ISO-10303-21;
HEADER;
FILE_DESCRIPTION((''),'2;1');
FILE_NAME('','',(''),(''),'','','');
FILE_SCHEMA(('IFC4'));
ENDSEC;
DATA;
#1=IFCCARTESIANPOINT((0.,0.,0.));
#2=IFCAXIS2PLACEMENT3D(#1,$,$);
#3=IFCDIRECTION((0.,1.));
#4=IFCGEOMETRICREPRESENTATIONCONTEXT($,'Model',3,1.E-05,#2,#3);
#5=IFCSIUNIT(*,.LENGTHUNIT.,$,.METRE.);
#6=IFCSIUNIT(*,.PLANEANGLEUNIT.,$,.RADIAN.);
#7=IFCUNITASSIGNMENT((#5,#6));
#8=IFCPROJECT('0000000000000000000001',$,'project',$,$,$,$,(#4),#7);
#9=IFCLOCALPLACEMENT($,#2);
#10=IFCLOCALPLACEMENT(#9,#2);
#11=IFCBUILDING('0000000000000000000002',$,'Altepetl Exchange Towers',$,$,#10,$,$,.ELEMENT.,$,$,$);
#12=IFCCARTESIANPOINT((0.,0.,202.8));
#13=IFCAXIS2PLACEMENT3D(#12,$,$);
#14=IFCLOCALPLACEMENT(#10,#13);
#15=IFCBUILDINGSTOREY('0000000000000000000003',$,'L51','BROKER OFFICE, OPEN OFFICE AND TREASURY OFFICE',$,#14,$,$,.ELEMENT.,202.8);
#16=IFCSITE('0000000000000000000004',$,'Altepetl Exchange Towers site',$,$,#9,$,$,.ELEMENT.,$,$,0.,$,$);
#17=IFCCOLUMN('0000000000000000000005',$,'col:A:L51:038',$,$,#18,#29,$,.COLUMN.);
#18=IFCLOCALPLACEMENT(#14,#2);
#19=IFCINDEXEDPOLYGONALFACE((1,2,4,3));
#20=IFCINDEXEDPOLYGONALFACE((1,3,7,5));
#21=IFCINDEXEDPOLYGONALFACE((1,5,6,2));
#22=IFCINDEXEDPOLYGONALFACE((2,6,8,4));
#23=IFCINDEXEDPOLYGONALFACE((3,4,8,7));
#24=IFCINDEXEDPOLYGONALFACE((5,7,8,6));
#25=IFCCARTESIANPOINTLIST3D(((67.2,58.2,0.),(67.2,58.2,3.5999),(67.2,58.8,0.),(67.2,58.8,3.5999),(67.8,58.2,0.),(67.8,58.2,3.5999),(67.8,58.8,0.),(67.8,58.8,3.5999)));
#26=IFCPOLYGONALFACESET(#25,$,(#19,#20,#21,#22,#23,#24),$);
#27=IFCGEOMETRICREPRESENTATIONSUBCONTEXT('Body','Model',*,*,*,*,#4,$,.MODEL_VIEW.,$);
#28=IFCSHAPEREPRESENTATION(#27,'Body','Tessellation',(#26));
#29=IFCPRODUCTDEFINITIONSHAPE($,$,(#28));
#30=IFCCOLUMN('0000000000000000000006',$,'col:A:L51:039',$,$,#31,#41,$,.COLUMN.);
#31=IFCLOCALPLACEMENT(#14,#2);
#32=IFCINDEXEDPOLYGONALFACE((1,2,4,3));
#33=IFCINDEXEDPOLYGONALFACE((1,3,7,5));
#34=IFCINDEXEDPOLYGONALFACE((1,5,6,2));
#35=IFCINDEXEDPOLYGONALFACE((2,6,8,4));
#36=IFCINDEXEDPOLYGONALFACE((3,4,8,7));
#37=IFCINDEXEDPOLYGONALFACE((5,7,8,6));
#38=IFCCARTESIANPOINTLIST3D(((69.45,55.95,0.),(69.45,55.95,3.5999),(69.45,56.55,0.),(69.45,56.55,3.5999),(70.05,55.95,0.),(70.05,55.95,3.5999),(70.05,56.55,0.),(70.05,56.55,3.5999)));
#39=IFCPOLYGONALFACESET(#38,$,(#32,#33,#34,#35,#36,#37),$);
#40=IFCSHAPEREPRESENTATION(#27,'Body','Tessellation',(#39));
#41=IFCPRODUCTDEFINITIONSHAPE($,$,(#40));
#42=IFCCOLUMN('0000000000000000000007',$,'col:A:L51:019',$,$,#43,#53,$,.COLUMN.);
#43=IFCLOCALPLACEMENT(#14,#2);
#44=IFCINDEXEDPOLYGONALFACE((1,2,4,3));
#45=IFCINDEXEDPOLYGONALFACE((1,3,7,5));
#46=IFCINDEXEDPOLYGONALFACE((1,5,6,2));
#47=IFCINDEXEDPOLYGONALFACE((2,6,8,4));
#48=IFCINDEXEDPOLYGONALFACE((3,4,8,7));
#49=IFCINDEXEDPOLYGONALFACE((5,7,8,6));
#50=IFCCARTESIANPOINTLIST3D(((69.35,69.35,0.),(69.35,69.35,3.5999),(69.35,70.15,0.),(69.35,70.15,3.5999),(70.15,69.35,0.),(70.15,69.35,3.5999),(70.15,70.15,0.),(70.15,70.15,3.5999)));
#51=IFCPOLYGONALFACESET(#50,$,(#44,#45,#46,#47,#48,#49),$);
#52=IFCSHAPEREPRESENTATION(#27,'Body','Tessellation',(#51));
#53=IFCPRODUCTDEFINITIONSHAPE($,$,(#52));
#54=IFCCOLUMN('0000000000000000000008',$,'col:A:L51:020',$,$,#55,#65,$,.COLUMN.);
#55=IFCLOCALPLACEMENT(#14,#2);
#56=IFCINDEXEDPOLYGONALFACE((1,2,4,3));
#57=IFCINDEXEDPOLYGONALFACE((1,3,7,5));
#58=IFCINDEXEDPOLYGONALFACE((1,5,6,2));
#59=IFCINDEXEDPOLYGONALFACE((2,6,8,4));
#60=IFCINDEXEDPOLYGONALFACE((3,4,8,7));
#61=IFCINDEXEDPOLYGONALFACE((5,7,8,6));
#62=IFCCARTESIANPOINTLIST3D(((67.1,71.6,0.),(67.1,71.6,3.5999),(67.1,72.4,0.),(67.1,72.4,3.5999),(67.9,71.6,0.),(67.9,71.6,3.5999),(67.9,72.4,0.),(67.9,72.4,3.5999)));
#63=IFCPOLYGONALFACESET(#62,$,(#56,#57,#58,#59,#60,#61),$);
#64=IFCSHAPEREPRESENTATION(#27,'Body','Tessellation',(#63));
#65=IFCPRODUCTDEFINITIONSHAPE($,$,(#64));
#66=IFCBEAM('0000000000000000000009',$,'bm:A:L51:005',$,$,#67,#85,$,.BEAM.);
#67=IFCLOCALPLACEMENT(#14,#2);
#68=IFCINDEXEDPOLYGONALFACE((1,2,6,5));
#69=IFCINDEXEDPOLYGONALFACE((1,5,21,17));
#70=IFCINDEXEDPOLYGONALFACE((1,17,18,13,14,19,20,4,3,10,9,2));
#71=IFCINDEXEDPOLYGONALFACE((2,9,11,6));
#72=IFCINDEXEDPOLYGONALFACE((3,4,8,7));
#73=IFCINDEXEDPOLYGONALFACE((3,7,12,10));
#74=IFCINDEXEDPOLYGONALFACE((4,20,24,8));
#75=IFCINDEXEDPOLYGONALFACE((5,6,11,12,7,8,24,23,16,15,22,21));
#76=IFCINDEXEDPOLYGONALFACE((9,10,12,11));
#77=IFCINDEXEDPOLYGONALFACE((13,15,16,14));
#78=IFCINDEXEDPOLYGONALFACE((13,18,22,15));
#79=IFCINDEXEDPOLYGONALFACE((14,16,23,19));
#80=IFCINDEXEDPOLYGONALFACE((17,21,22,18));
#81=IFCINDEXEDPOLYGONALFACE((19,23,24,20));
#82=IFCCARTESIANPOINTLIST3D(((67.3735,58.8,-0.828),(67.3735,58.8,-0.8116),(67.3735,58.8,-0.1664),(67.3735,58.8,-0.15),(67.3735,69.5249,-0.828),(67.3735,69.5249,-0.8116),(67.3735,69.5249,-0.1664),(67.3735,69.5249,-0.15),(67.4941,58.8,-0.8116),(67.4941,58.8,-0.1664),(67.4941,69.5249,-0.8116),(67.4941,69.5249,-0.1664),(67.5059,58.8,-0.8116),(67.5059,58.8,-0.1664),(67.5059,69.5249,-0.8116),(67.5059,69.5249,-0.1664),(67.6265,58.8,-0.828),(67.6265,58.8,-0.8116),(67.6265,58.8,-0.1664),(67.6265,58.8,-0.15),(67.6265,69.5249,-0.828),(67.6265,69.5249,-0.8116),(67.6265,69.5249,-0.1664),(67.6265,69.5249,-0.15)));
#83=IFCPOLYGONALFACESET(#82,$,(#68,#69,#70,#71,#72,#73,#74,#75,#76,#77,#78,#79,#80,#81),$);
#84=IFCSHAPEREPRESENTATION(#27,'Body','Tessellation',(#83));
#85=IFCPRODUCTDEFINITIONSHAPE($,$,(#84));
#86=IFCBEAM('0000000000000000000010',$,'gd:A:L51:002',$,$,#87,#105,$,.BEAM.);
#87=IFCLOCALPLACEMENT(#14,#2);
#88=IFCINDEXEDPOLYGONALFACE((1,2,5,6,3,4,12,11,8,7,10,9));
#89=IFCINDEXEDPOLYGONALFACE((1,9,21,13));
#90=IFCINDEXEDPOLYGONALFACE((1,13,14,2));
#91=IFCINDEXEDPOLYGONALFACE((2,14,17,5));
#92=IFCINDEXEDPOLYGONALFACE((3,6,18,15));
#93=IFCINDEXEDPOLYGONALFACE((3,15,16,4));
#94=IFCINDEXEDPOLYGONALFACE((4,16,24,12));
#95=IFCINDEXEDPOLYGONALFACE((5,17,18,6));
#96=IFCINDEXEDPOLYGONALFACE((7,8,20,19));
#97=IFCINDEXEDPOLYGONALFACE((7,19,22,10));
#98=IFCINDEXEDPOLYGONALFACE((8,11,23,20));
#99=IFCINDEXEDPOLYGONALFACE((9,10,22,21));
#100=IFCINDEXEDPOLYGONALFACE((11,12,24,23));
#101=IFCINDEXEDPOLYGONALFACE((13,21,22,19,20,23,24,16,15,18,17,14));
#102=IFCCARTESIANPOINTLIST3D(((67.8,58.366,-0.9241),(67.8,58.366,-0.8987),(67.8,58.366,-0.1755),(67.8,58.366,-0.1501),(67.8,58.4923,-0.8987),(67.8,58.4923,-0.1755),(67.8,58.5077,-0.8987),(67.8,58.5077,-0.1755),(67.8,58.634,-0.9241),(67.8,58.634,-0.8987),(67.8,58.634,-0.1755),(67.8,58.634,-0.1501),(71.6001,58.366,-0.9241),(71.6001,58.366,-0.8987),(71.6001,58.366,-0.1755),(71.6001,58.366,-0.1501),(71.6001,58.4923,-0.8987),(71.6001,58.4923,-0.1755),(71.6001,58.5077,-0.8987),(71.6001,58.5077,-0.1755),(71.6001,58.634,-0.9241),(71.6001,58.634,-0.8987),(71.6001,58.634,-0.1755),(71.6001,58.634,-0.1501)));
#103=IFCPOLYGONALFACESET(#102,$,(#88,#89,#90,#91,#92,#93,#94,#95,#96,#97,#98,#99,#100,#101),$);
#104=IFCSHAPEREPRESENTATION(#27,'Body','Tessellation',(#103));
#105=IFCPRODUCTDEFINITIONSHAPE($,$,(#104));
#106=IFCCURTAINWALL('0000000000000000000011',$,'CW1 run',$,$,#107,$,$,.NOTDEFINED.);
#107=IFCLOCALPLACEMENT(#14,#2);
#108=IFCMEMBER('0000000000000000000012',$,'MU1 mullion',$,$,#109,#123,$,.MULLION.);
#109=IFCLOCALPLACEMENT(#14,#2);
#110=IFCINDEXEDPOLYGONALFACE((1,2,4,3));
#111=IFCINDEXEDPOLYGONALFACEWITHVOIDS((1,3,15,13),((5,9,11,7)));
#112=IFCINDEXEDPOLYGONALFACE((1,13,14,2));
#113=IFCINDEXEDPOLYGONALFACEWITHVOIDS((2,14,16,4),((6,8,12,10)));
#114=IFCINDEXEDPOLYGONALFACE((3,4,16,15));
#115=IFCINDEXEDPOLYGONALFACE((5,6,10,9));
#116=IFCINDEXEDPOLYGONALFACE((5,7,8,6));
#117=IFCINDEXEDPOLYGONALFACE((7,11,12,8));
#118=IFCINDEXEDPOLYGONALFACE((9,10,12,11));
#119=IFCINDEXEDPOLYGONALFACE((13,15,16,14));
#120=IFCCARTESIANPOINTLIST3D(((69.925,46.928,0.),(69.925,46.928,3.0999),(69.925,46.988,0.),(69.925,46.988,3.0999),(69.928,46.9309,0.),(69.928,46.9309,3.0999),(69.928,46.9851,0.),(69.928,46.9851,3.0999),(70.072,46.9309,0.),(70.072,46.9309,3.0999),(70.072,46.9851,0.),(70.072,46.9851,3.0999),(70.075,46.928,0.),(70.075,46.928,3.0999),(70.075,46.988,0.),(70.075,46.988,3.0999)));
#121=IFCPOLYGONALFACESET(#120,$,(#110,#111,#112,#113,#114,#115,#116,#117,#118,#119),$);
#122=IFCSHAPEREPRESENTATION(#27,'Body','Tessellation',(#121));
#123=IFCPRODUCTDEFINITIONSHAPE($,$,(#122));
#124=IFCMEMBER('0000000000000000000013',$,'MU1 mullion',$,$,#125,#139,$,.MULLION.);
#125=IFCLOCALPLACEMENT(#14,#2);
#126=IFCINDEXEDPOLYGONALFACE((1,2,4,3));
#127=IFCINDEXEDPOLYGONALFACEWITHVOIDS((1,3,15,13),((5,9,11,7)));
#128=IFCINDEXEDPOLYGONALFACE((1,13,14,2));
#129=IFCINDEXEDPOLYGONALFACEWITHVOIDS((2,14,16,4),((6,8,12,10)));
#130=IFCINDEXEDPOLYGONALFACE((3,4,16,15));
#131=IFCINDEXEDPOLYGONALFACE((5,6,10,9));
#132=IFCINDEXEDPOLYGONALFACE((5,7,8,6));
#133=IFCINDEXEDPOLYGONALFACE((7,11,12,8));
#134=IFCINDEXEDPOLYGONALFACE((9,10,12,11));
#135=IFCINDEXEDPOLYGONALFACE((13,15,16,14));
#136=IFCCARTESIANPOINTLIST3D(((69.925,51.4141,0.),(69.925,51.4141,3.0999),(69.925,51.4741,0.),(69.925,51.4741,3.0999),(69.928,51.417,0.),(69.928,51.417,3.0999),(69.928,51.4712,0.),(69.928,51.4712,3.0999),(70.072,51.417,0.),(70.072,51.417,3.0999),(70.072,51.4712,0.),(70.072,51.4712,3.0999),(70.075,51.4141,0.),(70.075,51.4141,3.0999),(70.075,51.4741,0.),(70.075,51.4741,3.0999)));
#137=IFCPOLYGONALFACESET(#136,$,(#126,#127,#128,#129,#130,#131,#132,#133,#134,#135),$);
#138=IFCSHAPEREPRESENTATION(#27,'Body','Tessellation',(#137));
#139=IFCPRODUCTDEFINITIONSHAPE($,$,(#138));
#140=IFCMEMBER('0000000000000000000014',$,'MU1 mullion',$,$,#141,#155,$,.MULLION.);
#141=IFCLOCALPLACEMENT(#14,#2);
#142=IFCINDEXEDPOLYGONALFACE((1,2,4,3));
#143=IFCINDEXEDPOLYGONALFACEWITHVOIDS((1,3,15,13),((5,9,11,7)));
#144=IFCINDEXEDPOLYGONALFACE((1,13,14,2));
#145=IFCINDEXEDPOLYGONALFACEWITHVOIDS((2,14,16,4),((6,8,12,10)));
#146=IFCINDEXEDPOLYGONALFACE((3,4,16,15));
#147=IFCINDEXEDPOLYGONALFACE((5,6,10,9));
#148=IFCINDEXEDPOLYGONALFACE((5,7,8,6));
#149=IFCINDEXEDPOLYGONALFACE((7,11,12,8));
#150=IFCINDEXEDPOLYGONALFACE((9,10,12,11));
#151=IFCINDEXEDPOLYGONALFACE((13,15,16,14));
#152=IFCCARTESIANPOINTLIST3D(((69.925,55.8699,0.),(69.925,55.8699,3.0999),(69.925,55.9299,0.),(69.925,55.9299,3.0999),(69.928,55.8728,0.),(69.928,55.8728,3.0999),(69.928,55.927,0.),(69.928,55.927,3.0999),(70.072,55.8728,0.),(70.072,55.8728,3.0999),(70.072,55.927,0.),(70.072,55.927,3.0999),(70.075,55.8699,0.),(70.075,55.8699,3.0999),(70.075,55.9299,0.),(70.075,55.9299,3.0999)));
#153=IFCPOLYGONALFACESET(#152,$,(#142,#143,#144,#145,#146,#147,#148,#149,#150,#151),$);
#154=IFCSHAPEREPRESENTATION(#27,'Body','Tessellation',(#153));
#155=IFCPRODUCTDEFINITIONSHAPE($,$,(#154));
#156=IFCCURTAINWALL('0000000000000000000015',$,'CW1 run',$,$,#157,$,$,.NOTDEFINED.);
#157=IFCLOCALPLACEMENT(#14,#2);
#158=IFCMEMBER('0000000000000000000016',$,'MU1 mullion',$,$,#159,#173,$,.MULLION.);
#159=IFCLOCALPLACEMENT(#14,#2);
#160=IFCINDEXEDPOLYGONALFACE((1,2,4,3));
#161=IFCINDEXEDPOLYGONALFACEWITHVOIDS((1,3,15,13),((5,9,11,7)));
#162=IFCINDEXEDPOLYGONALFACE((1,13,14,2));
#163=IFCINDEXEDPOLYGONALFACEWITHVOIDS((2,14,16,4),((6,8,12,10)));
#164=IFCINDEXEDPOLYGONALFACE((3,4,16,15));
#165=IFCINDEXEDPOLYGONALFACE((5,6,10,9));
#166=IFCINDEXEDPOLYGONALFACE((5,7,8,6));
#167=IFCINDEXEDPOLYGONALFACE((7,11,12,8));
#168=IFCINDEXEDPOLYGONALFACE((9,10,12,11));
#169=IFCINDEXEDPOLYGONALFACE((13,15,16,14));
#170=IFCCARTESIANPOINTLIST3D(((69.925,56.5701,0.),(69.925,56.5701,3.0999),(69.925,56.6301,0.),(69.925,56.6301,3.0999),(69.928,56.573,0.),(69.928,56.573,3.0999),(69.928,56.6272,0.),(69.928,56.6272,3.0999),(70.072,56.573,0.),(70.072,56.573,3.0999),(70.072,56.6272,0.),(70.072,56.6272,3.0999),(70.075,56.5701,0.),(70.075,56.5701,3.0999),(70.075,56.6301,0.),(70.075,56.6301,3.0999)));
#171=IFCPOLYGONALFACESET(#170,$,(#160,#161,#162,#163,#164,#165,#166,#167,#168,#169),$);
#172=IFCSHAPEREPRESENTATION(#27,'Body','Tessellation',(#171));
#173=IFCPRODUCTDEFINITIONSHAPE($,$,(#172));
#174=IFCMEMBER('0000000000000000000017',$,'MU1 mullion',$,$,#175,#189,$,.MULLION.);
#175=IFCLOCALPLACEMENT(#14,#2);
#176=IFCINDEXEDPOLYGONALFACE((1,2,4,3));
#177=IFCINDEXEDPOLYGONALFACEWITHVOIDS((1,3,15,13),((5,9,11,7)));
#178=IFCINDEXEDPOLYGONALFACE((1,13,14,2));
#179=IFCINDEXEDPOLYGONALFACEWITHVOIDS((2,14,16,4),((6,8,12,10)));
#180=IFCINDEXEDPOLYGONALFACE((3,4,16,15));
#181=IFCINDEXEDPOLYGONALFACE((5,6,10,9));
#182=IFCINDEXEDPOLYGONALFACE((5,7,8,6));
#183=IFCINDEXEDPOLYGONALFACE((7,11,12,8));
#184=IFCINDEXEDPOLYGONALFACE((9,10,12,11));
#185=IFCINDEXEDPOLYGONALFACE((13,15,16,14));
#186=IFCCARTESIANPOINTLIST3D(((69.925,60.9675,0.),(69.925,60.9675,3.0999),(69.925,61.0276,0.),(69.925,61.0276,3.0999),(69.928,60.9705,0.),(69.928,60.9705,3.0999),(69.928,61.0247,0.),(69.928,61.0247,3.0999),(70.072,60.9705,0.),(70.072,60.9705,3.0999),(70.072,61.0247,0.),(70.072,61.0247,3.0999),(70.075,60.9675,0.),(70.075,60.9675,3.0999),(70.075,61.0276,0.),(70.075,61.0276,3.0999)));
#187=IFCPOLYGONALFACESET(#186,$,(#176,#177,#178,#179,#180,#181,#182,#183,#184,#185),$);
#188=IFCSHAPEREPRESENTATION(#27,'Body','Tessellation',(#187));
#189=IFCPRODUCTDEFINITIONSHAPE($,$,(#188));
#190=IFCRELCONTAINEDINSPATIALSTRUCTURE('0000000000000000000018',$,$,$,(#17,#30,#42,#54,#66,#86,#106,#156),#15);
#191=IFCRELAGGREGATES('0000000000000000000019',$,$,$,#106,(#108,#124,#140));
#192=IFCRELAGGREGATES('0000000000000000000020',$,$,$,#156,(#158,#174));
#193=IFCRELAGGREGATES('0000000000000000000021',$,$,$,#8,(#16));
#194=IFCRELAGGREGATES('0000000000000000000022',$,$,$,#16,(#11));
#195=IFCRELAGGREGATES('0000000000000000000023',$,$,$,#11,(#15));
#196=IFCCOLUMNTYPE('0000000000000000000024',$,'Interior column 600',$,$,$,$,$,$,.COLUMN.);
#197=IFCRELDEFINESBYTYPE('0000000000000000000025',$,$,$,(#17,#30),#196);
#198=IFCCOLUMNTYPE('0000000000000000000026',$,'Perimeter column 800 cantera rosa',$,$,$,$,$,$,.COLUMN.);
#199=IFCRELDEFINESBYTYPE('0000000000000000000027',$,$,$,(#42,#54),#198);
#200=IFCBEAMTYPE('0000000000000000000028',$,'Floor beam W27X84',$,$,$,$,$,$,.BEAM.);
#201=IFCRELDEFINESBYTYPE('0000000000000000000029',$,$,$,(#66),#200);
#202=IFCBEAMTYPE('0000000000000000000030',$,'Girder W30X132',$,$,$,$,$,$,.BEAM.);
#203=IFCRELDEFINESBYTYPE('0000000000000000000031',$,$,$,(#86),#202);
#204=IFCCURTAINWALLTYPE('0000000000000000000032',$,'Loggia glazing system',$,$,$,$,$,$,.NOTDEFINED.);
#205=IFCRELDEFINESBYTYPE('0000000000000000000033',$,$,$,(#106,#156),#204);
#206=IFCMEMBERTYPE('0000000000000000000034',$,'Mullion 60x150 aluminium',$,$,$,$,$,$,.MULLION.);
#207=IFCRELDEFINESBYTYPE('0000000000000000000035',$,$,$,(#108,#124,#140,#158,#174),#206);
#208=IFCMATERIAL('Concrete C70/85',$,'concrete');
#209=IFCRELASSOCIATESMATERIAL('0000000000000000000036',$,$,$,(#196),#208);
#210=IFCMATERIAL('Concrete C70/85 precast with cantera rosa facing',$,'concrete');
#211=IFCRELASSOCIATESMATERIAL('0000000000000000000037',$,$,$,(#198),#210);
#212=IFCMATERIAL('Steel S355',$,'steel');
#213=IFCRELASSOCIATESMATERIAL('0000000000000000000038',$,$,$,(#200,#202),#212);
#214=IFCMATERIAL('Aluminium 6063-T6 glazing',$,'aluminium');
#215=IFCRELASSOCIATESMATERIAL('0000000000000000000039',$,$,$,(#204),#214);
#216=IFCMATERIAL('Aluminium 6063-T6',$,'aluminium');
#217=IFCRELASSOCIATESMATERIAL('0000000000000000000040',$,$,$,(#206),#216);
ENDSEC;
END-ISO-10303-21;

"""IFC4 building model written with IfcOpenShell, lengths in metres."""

from ifc_helpers import new_model, si_unit, direction, frame, origin, origin_2d, place, context, subcontext, project, spatial, rectangle, hollow_rectangle, i_section, extrude, material, material_profile, profile_set, type_object, element, aggregate, save


model = new_model("IFC4")

# Units and contexts
model_context = context("Model", 3, precision=1e-05, world=origin(), true_north=direction((0.0, 1.0)))
body_context = subcontext(model_context, "Body", "Model", "MODEL_VIEW")
ifc_project = project(units=[si_unit("LENGTHUNIT", "METRE"), si_unit("PLANEANGLEUNIT", "RADIAN")], contexts=[model_context])

# Site, building, storey
site_placement = place(None, origin())
site = spatial("IfcSite", under=ifc_project, at=site_placement, Name="Altepetl Exchange Towers site", CompositionType="ELEMENT", RefElevation=0.0)
building_placement = place(site_placement, origin())
building = spatial("IfcBuilding", under=site, at=building_placement, Name="Altepetl Exchange Towers", CompositionType="ELEMENT")
storey_placement = place(building_placement, frame((0.0, 0.0, 202.8)))
storey = spatial("IfcBuildingStorey", under=building, at=storey_placement, Name="L51", Description="BROKER OFFICE, OPEN OFFICE AND TREASURY OFFICE", CompositionType="ELEMENT", Elevation=202.8)

# Columns
ifc_material_1 = material(Name="Concrete C70/85", Category="concrete")
ifc_material_profile_1 = material_profile(ifc_material_1, rectangle(XDim=0.6001, YDim=0.6001, at=origin_2d()), Name="600 x 600")
ifc_profile_set_1 = profile_set([ifc_material_profile_1], Name="Concrete C70/85")
column_type_1 = type_object("IfcColumnType", Name="Interior column 600", PredefinedType="COLUMN", material=ifc_profile_set_1)
for number, where, name in (
    (1, (67.5, 58.5, 0.0), "col:A:L51:038"),
    (2, (69.75, 56.25, 0.0), "col:A:L51:039"),
):
    element("IfcColumn", number, at=place(storey_placement, frame(where)), inside=storey, type_object=column_type_1, Name=name, PredefinedType="COLUMN", context=body_context, shape_type="SweptSolid", body=[
        extrude(rectangle(XDim=0.6001, YDim=0.6001, at=origin_2d()), origin(), (0.0, 0.0, 1.0), 3.5999),
    ])
ifc_material_2 = material(Name="Concrete C70/85 precast with cantera rosa facing", Category="concrete")
ifc_material_profile_2 = material_profile(ifc_material_2, rectangle(XDim=0.8, YDim=0.8, at=origin_2d()), Name="800 x 800")
ifc_profile_set_2 = profile_set([ifc_material_profile_2], Name="Concrete C70/85 precast with cantera rosa facing")
column_type_2 = type_object("IfcColumnType", Name="Perimeter column 800 cantera rosa", PredefinedType="COLUMN", material=ifc_profile_set_2)
for number, where, name in (
    (3, (69.75, 69.75, 0.0), "col:A:L51:019"),
    (4, (67.5, 72.0, 0.0), "col:A:L51:020"),
):
    element("IfcColumn", number, at=place(storey_placement, frame(where)), inside=storey, type_object=column_type_2, Name=name, PredefinedType="COLUMN", context=body_context, shape_type="SweptSolid", body=[
        extrude(rectangle(XDim=0.8, YDim=0.8, at=origin_2d()), origin(), (0.0, 0.0, 1.0), 3.5999),
    ])

# Beams
ifc_material_3 = material(Name="Steel S355", Category="steel")
ifc_material_profile_3 = material_profile(ifc_material_3, i_section(OverallWidth=0.2529, OverallDepth=0.678, WebThickness=0.0117, FlangeThickness=0.0164, at=origin_2d()), Name="W27X84")
ifc_profile_set_3 = profile_set([ifc_material_profile_3], Name="Steel S355")
beam_type_1 = type_object("IfcBeamType", Name="Floor beam W27X84", PredefinedType="BEAM", material=ifc_profile_set_3)
beam_1_placement = place(storey_placement, frame((67.5, 58.8, -0.489), z_axis=(0.0, 1.0, 0.0), x_axis=(-1.0, 0.0, 0.0)))
element("IfcBeam", 5, at=beam_1_placement, inside=storey, type_object=beam_type_1, Name="bm:A:L51:005", PredefinedType="BEAM", context=body_context, shape_type="SweptSolid", body=[
    extrude(i_section(OverallWidth=0.2529, OverallDepth=0.678, WebThickness=0.0117, FlangeThickness=0.0164, at=origin_2d()), origin(), (0.0, 0.0, 1.0), 10.7249),
])
ifc_material_profile_4 = material_profile(ifc_material_3, i_section(OverallWidth=0.2681, OverallDepth=0.7739, WebThickness=0.0154, FlangeThickness=0.0254, at=origin_2d()), Name="W30X132")
ifc_profile_set_4 = profile_set([ifc_material_profile_4], Name="Steel S355")
beam_type_2 = type_object("IfcBeamType", Name="Girder W30X132", PredefinedType="BEAM", material=ifc_profile_set_4)
beam_2_placement = place(storey_placement, frame((67.8, 58.5, -0.5371), z_axis=(1.0, 0.0, 0.0), x_axis=(0.0, 1.0, 0.0)))
element("IfcBeam", 6, at=beam_2_placement, inside=storey, type_object=beam_type_2, Name="gd:A:L51:002", PredefinedType="BEAM", context=body_context, shape_type="SweptSolid", body=[
    extrude(i_section(OverallWidth=0.2681, OverallDepth=0.7739, WebThickness=0.0154, FlangeThickness=0.0254, at=origin_2d()), origin(), (0.0, 0.0, 1.0), 3.8),
])

# Curtain walls, members
ifc_material_4 = material(Name="Aluminium 6063-T6 glazing", Category="aluminium")
curtain_wall_type = type_object("IfcCurtainWallType", Name="Loggia glazing system", PredefinedType="NOTDEFINED", material=ifc_material_4)
curtain_wall_1_placement = place(storey_placement, origin())
curtain_wall_1 = element("IfcCurtainWall", 7, at=curtain_wall_1_placement, inside=storey, type_object=curtain_wall_type, Name="CW1 run", PredefinedType="NOTDEFINED")
ifc_material_5 = material(Name="Aluminium 6063-T6", Category="aluminium")
ifc_material_profile_5 = material_profile(ifc_material_5, hollow_rectangle(XDim=0.0601, YDim=0.1499, WallThickness=0.0029, at=origin_2d()), Name="Mullion 60x150 aluminium")
ifc_profile_set_5 = profile_set([ifc_material_profile_5], Name="Aluminium 6063-T6")
member_type = type_object("IfcMemberType", Name="Mullion 60x150 aluminium", PredefinedType="MULLION", material=ifc_profile_set_5)
member_1_placement = place(storey_placement, frame((70.0, 46.958, 0.0), z_axis=(0.0, 0.0, 1.0), x_axis=(0.0, 1.0, 0.0)))
member_1 = element("IfcMember", 8, at=member_1_placement, type_object=member_type, Name="MU1 mullion", PredefinedType="MULLION", context=body_context, shape_type="SweptSolid", body=[
    extrude(hollow_rectangle(XDim=0.0601, YDim=0.1499, WallThickness=0.0029, at=origin_2d()), origin(), (0.0, 0.0, 1.0), 3.0999),
])
member_2_placement = place(storey_placement, frame((70.0, 51.4441, 0.0), z_axis=(0.0, 0.0, 1.0), x_axis=(0.0, 1.0, 0.0)))
member_2 = element("IfcMember", 9, at=member_2_placement, type_object=member_type, Name="MU1 mullion", PredefinedType="MULLION", context=body_context, shape_type="SweptSolid", body=[
    extrude(hollow_rectangle(XDim=0.0601, YDim=0.1499, WallThickness=0.0029, at=origin_2d()), origin(), (0.0, 0.0, 1.0), 3.0999),
])
member_3_placement = place(storey_placement, frame((70.0, 55.8999, 0.0), z_axis=(0.0, 0.0, 1.0), x_axis=(0.0, 1.0, 0.0)))
member_3 = element("IfcMember", 10, at=member_3_placement, type_object=member_type, Name="MU1 mullion", PredefinedType="MULLION", context=body_context, shape_type="SweptSolid", body=[
    extrude(hollow_rectangle(XDim=0.0601, YDim=0.1499, WallThickness=0.0029, at=origin_2d()), origin(), (0.0, 0.0, 1.0), 3.0999),
])
curtain_wall_2_placement = place(storey_placement, origin())
curtain_wall_2 = element("IfcCurtainWall", 11, at=curtain_wall_2_placement, inside=storey, type_object=curtain_wall_type, Name="CW1 run", PredefinedType="NOTDEFINED")
member_4_placement = place(storey_placement, frame((70.0, 56.6001, 0.0), z_axis=(0.0, 0.0, 1.0), x_axis=(0.0, 1.0, 0.0)))
member_4 = element("IfcMember", 12, at=member_4_placement, type_object=member_type, Name="MU1 mullion", PredefinedType="MULLION", context=body_context, shape_type="SweptSolid", body=[
    extrude(hollow_rectangle(XDim=0.0601, YDim=0.1499, WallThickness=0.0029, at=origin_2d()), origin(), (0.0, 0.0, 1.0), 3.0999),
])
member_5_placement = place(storey_placement, frame((70.0, 60.9976, 0.0), z_axis=(0.0, 0.0, 1.0), x_axis=(0.0, 1.0, 0.0)))
member_5 = element("IfcMember", 13, at=member_5_placement, type_object=member_type, Name="MU1 mullion", PredefinedType="MULLION", context=body_context, shape_type="SweptSolid", body=[
    extrude(hollow_rectangle(XDim=0.0601, YDim=0.1499, WallThickness=0.0029, at=origin_2d()), origin(), (0.0, 0.0, 1.0), 3.0999),
])

aggregate(curtain_wall_1, [member_1, member_2, member_3])
aggregate(curtain_wall_2, [member_4, member_5])

save(model, "model.ifc")
